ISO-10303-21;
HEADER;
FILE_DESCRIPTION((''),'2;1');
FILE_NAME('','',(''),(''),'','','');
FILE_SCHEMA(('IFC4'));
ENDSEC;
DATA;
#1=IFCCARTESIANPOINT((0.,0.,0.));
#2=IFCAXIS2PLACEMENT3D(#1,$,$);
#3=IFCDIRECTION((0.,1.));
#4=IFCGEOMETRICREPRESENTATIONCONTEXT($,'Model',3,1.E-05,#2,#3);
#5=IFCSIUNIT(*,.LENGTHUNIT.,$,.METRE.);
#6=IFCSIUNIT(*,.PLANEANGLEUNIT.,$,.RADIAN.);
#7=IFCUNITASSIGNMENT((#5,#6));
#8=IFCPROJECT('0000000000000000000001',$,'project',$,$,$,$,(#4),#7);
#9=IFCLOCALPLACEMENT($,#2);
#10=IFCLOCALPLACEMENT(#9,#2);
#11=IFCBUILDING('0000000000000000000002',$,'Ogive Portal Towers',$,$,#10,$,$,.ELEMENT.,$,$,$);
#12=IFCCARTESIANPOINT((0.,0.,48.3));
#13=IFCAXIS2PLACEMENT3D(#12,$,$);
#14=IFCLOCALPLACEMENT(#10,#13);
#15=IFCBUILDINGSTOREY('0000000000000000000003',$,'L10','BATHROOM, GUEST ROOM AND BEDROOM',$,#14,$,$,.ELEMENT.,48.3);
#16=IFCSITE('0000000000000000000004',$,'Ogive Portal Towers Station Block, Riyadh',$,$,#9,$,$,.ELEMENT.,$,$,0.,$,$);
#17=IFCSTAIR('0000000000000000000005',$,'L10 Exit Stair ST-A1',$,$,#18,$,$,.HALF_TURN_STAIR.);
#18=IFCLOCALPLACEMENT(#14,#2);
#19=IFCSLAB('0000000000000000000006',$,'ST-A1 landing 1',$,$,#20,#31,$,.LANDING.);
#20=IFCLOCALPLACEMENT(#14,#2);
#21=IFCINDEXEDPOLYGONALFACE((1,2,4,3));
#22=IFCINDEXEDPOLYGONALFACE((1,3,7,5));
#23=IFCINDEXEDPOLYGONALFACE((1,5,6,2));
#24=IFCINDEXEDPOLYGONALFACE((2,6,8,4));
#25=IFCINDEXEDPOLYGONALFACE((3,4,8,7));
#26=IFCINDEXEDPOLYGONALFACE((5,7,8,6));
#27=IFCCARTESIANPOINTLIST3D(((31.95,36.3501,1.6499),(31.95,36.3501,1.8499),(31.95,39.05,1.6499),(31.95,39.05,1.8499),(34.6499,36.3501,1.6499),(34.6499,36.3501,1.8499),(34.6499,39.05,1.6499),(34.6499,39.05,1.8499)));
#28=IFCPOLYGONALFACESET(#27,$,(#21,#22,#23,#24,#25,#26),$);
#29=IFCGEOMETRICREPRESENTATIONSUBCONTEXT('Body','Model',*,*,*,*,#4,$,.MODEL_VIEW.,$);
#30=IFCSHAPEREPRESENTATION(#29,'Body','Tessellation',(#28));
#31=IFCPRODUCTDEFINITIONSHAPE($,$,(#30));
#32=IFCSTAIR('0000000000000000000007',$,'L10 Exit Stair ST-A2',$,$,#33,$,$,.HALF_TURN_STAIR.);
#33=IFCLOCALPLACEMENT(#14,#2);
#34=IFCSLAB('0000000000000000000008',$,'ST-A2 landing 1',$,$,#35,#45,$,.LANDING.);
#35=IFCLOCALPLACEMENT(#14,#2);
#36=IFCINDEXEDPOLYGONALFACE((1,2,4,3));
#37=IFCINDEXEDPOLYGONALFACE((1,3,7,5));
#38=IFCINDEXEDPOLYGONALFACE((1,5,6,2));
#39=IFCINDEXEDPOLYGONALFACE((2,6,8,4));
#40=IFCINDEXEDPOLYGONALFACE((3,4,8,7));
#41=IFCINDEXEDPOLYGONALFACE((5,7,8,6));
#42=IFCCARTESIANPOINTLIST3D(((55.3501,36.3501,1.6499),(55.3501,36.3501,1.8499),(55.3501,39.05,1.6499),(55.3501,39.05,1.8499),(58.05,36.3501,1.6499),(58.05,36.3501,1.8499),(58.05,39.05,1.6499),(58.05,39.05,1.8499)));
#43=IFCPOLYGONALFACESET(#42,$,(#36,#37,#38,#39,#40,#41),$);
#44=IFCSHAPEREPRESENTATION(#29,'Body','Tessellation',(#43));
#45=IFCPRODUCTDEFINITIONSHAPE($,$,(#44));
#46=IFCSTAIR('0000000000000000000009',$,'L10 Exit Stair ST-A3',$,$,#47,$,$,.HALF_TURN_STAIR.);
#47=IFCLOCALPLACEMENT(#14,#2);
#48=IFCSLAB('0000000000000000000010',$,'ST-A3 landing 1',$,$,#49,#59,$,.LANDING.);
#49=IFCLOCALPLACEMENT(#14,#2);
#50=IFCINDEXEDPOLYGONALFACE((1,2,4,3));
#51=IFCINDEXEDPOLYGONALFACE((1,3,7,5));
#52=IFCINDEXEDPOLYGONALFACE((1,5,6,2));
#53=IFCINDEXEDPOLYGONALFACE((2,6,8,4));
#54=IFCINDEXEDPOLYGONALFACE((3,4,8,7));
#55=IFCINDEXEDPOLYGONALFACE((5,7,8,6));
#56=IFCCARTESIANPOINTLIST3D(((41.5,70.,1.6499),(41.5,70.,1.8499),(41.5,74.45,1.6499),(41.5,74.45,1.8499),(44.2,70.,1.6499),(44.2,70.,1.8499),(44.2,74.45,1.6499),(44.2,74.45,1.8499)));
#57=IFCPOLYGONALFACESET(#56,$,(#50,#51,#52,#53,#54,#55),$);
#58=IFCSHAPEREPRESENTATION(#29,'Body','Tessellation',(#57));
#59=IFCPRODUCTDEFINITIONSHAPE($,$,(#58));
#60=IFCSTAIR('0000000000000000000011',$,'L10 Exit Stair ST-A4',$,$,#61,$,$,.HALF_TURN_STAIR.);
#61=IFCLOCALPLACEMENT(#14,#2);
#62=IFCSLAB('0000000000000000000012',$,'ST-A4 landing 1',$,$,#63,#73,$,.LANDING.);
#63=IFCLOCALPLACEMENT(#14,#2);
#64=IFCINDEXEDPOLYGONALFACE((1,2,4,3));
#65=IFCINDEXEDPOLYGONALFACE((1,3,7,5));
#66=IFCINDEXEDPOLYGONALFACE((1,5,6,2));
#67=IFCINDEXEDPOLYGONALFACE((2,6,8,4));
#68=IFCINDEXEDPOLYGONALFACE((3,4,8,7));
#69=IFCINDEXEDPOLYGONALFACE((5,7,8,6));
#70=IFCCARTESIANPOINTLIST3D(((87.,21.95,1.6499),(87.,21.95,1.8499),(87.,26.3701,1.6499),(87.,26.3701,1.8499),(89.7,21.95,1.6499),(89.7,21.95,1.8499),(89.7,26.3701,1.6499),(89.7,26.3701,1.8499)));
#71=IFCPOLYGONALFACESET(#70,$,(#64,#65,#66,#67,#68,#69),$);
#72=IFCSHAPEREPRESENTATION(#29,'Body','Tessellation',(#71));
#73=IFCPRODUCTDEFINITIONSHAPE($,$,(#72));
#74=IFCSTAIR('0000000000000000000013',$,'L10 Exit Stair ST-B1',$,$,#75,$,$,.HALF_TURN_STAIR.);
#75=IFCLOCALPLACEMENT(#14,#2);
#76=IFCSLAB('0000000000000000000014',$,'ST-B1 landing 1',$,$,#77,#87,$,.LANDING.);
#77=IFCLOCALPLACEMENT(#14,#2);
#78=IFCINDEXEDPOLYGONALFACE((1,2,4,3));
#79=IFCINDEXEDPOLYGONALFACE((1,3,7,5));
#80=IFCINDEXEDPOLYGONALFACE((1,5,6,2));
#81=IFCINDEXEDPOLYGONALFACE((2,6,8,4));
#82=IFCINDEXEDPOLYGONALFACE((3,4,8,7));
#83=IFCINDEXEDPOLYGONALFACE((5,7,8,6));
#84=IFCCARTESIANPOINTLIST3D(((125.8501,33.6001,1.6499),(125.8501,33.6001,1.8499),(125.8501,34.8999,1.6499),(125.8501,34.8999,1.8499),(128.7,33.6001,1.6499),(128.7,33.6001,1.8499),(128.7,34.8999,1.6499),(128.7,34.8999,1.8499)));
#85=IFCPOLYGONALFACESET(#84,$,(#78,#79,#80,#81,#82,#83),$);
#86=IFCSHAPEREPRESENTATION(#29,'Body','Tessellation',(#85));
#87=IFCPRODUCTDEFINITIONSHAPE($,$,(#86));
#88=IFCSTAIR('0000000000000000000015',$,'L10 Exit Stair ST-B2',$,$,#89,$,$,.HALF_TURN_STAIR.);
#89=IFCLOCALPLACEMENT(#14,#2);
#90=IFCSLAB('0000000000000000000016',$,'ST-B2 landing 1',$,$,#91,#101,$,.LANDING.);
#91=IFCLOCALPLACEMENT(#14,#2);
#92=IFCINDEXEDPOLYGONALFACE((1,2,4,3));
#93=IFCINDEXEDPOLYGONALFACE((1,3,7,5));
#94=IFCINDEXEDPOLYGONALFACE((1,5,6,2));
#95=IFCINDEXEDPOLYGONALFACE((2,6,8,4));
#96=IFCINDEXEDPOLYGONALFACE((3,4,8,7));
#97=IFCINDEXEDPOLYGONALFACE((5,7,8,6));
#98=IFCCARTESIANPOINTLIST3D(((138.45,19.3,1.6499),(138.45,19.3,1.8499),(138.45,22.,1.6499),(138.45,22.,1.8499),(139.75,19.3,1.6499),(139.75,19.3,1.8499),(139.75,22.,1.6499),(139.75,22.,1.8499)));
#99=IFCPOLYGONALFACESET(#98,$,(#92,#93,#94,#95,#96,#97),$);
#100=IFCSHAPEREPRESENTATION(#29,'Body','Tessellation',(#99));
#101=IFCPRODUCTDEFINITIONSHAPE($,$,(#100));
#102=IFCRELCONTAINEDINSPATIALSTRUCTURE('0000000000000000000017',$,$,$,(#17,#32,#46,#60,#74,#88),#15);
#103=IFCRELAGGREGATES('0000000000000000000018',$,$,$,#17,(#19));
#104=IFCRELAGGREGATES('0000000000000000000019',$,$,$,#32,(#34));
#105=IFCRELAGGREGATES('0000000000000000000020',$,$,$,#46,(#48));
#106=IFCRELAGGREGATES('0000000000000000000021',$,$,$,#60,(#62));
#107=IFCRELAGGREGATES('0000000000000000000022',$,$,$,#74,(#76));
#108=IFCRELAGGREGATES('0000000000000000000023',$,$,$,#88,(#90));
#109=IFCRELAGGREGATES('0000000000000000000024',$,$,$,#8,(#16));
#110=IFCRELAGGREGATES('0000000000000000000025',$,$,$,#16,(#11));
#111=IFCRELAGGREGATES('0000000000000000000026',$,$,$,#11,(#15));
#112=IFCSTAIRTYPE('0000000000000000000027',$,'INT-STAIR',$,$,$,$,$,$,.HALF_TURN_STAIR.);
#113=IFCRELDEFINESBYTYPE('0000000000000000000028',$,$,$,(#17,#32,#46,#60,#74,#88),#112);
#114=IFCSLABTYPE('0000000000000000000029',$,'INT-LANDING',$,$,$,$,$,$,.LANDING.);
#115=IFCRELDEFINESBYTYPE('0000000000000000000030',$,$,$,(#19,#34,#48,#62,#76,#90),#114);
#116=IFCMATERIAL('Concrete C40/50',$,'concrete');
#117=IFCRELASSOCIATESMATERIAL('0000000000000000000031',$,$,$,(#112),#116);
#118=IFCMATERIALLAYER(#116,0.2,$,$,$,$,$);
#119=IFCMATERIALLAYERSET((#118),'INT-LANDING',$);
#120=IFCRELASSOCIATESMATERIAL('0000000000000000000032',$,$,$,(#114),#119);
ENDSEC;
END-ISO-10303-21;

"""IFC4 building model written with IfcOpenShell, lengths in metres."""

from ifc_helpers import new_model, si_unit, direction, frame, origin, place, context, subcontext, project, spatial, polyline, outline, extrude, material, layer, layer_set, type_object, element, aggregate, save


model = new_model("IFC4")

# Units and contexts
model_context = context("Model", 3, precision=1e-05, world=origin(), true_north=direction((0.0, 1.0)))
body_context = subcontext(model_context, "Body", "Model", "MODEL_VIEW")
ifc_project = project(units=[si_unit("LENGTHUNIT", "METRE"), si_unit("PLANEANGLEUNIT", "RADIAN")], contexts=[model_context])

# Site, building, storey
site_placement = place(None, origin())
site = spatial("IfcSite", under=ifc_project, at=site_placement, Name="Ogive Portal Towers Station Block, Riyadh", CompositionType="ELEMENT", RefElevation=0.0)
building_placement = place(site_placement, origin())
building = spatial("IfcBuilding", under=site, at=building_placement, Name="Ogive Portal Towers", CompositionType="ELEMENT")
storey_placement = place(building_placement, frame((0.0, 0.0, 48.3)))
storey = spatial("IfcBuildingStorey", under=building, at=storey_placement, Name="L10", Description="BATHROOM, GUEST ROOM AND BEDROOM", CompositionType="ELEMENT", Elevation=48.3)

# Stairs, slabs
ifc_material_1 = material(Name="Concrete C40/50", Category="concrete")
stair_type = type_object("IfcStairType", Name="INT-STAIR", PredefinedType="HALF_TURN_STAIR", material=ifc_material_1)
stair_1_placement = place(storey_placement, origin())
stair_1 = element("IfcStair", 1, at=stair_1_placement, inside=storey, type_object=stair_type, Name="L10 Exit Stair ST-A1", PredefinedType="HALF_TURN_STAIR")
ifc_layer_1 = layer(ifc_material_1, 0.2)
ifc_layer_set_1 = layer_set([ifc_layer_1], Name="INT-LANDING")
slab_type_1 = type_object("IfcSlabType", Name="INT-LANDING", PredefinedType="LANDING", material=ifc_layer_set_1)
slab_1_placement = place(storey_placement, frame((0.0, 0.0, 1.6499)))
slab_1 = element("IfcSlab", 2, at=slab_1_placement, type_object=slab_type_1, Name="ST-A1 landing 1", PredefinedType="LANDING", context=body_context, shape_type="SweptSolid", body=[
    extrude(outline(polyline([(34.6499, 39.05), (31.95, 39.05), (31.95, 36.3501), (34.6499, 36.3501), (34.6499, 39.05)])), origin(), (0.0, 0.0, 1.0), 0.2),
])
aggregate(stair_1, [slab_1])
stair_2_placement = place(storey_placement, origin())
stair_2 = element("IfcStair", 3, at=stair_2_placement, inside=storey, type_object=stair_type, Name="L10 Exit Stair ST-A2", PredefinedType="HALF_TURN_STAIR")
slab_2_placement = place(storey_placement, frame((0.0, 0.0, 1.6499)))
slab_2 = element("IfcSlab", 4, at=slab_2_placement, type_object=slab_type_1, Name="ST-A2 landing 1", PredefinedType="LANDING", context=body_context, shape_type="SweptSolid", body=[
    extrude(outline(polyline([(55.3501, 36.3501), (58.05, 36.3501), (58.05, 39.05), (55.3501, 39.05), (55.3501, 36.3501)])), origin(), (0.0, 0.0, 1.0), 0.2),
])
aggregate(stair_2, [slab_2])
stair_3_placement = place(storey_placement, origin())
stair_3 = element("IfcStair", 5, at=stair_3_placement, inside=storey, type_object=stair_type, Name="L10 Exit Stair ST-A3", PredefinedType="HALF_TURN_STAIR")
slab_3_placement = place(storey_placement, frame((0.0, 0.0, 1.6499)))
slab_3 = element("IfcSlab", 6, at=slab_3_placement, type_object=slab_type_1, Name="ST-A3 landing 1", PredefinedType="LANDING", context=body_context, shape_type="SweptSolid", body=[
    extrude(outline(polyline([(44.2, 70.0), (44.2, 74.45), (41.5, 74.45), (41.5, 70.0), (44.2, 70.0)])), origin(), (0.0, 0.0, 1.0), 0.2),
])
aggregate(stair_3, [slab_3])
stair_4_placement = place(storey_placement, origin())
stair_4 = element("IfcStair", 7, at=stair_4_placement, inside=storey, type_object=stair_type, Name="L10 Exit Stair ST-A4", PredefinedType="HALF_TURN_STAIR")
slab_4_placement = place(storey_placement, frame((0.0, 0.0, 1.6499)))
slab_4 = element("IfcSlab", 8, at=slab_4_placement, type_object=slab_type_1, Name="ST-A4 landing 1", PredefinedType="LANDING", context=body_context, shape_type="SweptSolid", body=[
    extrude(outline(polyline([(87.0, 26.3701), (87.0, 21.95), (89.7, 21.95), (89.7, 26.3701), (87.0, 26.3701)])), origin(), (0.0, 0.0, 1.0), 0.2),
])
aggregate(stair_4, [slab_4])
stair_5_placement = place(storey_placement, origin())
stair_5 = element("IfcStair", 9, at=stair_5_placement, inside=storey, type_object=stair_type, Name="L10 Exit Stair ST-B1", PredefinedType="HALF_TURN_STAIR")
slab_5_placement = place(storey_placement, frame((0.0, 0.0, 1.6499)))
slab_5 = element("IfcSlab", 10, at=slab_5_placement, type_object=slab_type_1, Name="ST-B1 landing 1", PredefinedType="LANDING", context=body_context, shape_type="SweptSolid", body=[
    extrude(outline(polyline([(128.7, 33.6001), (128.7, 34.8999), (125.8501, 34.8999), (125.8501, 33.6001), (128.7, 33.6001)])), origin(), (0.0, 0.0, 1.0), 0.2),
])
aggregate(stair_5, [slab_5])
stair_6_placement = place(storey_placement, origin())
stair_6 = element("IfcStair", 11, at=stair_6_placement, inside=storey, type_object=stair_type, Name="L10 Exit Stair ST-B2", PredefinedType="HALF_TURN_STAIR")
slab_6_placement = place(storey_placement, frame((0.0, 0.0, 1.6499)))
slab_6 = element("IfcSlab", 12, at=slab_6_placement, type_object=slab_type_1, Name="ST-B2 landing 1", PredefinedType="LANDING", context=body_context, shape_type="SweptSolid", body=[
    extrude(outline(polyline([(139.75, 22.0), (138.45, 22.0), (138.45, 19.3), (139.75, 19.3), (139.75, 22.0)])), origin(), (0.0, 0.0, 1.0), 0.2),
])
aggregate(stair_6, [slab_6])

save(model, "model.ifc")
